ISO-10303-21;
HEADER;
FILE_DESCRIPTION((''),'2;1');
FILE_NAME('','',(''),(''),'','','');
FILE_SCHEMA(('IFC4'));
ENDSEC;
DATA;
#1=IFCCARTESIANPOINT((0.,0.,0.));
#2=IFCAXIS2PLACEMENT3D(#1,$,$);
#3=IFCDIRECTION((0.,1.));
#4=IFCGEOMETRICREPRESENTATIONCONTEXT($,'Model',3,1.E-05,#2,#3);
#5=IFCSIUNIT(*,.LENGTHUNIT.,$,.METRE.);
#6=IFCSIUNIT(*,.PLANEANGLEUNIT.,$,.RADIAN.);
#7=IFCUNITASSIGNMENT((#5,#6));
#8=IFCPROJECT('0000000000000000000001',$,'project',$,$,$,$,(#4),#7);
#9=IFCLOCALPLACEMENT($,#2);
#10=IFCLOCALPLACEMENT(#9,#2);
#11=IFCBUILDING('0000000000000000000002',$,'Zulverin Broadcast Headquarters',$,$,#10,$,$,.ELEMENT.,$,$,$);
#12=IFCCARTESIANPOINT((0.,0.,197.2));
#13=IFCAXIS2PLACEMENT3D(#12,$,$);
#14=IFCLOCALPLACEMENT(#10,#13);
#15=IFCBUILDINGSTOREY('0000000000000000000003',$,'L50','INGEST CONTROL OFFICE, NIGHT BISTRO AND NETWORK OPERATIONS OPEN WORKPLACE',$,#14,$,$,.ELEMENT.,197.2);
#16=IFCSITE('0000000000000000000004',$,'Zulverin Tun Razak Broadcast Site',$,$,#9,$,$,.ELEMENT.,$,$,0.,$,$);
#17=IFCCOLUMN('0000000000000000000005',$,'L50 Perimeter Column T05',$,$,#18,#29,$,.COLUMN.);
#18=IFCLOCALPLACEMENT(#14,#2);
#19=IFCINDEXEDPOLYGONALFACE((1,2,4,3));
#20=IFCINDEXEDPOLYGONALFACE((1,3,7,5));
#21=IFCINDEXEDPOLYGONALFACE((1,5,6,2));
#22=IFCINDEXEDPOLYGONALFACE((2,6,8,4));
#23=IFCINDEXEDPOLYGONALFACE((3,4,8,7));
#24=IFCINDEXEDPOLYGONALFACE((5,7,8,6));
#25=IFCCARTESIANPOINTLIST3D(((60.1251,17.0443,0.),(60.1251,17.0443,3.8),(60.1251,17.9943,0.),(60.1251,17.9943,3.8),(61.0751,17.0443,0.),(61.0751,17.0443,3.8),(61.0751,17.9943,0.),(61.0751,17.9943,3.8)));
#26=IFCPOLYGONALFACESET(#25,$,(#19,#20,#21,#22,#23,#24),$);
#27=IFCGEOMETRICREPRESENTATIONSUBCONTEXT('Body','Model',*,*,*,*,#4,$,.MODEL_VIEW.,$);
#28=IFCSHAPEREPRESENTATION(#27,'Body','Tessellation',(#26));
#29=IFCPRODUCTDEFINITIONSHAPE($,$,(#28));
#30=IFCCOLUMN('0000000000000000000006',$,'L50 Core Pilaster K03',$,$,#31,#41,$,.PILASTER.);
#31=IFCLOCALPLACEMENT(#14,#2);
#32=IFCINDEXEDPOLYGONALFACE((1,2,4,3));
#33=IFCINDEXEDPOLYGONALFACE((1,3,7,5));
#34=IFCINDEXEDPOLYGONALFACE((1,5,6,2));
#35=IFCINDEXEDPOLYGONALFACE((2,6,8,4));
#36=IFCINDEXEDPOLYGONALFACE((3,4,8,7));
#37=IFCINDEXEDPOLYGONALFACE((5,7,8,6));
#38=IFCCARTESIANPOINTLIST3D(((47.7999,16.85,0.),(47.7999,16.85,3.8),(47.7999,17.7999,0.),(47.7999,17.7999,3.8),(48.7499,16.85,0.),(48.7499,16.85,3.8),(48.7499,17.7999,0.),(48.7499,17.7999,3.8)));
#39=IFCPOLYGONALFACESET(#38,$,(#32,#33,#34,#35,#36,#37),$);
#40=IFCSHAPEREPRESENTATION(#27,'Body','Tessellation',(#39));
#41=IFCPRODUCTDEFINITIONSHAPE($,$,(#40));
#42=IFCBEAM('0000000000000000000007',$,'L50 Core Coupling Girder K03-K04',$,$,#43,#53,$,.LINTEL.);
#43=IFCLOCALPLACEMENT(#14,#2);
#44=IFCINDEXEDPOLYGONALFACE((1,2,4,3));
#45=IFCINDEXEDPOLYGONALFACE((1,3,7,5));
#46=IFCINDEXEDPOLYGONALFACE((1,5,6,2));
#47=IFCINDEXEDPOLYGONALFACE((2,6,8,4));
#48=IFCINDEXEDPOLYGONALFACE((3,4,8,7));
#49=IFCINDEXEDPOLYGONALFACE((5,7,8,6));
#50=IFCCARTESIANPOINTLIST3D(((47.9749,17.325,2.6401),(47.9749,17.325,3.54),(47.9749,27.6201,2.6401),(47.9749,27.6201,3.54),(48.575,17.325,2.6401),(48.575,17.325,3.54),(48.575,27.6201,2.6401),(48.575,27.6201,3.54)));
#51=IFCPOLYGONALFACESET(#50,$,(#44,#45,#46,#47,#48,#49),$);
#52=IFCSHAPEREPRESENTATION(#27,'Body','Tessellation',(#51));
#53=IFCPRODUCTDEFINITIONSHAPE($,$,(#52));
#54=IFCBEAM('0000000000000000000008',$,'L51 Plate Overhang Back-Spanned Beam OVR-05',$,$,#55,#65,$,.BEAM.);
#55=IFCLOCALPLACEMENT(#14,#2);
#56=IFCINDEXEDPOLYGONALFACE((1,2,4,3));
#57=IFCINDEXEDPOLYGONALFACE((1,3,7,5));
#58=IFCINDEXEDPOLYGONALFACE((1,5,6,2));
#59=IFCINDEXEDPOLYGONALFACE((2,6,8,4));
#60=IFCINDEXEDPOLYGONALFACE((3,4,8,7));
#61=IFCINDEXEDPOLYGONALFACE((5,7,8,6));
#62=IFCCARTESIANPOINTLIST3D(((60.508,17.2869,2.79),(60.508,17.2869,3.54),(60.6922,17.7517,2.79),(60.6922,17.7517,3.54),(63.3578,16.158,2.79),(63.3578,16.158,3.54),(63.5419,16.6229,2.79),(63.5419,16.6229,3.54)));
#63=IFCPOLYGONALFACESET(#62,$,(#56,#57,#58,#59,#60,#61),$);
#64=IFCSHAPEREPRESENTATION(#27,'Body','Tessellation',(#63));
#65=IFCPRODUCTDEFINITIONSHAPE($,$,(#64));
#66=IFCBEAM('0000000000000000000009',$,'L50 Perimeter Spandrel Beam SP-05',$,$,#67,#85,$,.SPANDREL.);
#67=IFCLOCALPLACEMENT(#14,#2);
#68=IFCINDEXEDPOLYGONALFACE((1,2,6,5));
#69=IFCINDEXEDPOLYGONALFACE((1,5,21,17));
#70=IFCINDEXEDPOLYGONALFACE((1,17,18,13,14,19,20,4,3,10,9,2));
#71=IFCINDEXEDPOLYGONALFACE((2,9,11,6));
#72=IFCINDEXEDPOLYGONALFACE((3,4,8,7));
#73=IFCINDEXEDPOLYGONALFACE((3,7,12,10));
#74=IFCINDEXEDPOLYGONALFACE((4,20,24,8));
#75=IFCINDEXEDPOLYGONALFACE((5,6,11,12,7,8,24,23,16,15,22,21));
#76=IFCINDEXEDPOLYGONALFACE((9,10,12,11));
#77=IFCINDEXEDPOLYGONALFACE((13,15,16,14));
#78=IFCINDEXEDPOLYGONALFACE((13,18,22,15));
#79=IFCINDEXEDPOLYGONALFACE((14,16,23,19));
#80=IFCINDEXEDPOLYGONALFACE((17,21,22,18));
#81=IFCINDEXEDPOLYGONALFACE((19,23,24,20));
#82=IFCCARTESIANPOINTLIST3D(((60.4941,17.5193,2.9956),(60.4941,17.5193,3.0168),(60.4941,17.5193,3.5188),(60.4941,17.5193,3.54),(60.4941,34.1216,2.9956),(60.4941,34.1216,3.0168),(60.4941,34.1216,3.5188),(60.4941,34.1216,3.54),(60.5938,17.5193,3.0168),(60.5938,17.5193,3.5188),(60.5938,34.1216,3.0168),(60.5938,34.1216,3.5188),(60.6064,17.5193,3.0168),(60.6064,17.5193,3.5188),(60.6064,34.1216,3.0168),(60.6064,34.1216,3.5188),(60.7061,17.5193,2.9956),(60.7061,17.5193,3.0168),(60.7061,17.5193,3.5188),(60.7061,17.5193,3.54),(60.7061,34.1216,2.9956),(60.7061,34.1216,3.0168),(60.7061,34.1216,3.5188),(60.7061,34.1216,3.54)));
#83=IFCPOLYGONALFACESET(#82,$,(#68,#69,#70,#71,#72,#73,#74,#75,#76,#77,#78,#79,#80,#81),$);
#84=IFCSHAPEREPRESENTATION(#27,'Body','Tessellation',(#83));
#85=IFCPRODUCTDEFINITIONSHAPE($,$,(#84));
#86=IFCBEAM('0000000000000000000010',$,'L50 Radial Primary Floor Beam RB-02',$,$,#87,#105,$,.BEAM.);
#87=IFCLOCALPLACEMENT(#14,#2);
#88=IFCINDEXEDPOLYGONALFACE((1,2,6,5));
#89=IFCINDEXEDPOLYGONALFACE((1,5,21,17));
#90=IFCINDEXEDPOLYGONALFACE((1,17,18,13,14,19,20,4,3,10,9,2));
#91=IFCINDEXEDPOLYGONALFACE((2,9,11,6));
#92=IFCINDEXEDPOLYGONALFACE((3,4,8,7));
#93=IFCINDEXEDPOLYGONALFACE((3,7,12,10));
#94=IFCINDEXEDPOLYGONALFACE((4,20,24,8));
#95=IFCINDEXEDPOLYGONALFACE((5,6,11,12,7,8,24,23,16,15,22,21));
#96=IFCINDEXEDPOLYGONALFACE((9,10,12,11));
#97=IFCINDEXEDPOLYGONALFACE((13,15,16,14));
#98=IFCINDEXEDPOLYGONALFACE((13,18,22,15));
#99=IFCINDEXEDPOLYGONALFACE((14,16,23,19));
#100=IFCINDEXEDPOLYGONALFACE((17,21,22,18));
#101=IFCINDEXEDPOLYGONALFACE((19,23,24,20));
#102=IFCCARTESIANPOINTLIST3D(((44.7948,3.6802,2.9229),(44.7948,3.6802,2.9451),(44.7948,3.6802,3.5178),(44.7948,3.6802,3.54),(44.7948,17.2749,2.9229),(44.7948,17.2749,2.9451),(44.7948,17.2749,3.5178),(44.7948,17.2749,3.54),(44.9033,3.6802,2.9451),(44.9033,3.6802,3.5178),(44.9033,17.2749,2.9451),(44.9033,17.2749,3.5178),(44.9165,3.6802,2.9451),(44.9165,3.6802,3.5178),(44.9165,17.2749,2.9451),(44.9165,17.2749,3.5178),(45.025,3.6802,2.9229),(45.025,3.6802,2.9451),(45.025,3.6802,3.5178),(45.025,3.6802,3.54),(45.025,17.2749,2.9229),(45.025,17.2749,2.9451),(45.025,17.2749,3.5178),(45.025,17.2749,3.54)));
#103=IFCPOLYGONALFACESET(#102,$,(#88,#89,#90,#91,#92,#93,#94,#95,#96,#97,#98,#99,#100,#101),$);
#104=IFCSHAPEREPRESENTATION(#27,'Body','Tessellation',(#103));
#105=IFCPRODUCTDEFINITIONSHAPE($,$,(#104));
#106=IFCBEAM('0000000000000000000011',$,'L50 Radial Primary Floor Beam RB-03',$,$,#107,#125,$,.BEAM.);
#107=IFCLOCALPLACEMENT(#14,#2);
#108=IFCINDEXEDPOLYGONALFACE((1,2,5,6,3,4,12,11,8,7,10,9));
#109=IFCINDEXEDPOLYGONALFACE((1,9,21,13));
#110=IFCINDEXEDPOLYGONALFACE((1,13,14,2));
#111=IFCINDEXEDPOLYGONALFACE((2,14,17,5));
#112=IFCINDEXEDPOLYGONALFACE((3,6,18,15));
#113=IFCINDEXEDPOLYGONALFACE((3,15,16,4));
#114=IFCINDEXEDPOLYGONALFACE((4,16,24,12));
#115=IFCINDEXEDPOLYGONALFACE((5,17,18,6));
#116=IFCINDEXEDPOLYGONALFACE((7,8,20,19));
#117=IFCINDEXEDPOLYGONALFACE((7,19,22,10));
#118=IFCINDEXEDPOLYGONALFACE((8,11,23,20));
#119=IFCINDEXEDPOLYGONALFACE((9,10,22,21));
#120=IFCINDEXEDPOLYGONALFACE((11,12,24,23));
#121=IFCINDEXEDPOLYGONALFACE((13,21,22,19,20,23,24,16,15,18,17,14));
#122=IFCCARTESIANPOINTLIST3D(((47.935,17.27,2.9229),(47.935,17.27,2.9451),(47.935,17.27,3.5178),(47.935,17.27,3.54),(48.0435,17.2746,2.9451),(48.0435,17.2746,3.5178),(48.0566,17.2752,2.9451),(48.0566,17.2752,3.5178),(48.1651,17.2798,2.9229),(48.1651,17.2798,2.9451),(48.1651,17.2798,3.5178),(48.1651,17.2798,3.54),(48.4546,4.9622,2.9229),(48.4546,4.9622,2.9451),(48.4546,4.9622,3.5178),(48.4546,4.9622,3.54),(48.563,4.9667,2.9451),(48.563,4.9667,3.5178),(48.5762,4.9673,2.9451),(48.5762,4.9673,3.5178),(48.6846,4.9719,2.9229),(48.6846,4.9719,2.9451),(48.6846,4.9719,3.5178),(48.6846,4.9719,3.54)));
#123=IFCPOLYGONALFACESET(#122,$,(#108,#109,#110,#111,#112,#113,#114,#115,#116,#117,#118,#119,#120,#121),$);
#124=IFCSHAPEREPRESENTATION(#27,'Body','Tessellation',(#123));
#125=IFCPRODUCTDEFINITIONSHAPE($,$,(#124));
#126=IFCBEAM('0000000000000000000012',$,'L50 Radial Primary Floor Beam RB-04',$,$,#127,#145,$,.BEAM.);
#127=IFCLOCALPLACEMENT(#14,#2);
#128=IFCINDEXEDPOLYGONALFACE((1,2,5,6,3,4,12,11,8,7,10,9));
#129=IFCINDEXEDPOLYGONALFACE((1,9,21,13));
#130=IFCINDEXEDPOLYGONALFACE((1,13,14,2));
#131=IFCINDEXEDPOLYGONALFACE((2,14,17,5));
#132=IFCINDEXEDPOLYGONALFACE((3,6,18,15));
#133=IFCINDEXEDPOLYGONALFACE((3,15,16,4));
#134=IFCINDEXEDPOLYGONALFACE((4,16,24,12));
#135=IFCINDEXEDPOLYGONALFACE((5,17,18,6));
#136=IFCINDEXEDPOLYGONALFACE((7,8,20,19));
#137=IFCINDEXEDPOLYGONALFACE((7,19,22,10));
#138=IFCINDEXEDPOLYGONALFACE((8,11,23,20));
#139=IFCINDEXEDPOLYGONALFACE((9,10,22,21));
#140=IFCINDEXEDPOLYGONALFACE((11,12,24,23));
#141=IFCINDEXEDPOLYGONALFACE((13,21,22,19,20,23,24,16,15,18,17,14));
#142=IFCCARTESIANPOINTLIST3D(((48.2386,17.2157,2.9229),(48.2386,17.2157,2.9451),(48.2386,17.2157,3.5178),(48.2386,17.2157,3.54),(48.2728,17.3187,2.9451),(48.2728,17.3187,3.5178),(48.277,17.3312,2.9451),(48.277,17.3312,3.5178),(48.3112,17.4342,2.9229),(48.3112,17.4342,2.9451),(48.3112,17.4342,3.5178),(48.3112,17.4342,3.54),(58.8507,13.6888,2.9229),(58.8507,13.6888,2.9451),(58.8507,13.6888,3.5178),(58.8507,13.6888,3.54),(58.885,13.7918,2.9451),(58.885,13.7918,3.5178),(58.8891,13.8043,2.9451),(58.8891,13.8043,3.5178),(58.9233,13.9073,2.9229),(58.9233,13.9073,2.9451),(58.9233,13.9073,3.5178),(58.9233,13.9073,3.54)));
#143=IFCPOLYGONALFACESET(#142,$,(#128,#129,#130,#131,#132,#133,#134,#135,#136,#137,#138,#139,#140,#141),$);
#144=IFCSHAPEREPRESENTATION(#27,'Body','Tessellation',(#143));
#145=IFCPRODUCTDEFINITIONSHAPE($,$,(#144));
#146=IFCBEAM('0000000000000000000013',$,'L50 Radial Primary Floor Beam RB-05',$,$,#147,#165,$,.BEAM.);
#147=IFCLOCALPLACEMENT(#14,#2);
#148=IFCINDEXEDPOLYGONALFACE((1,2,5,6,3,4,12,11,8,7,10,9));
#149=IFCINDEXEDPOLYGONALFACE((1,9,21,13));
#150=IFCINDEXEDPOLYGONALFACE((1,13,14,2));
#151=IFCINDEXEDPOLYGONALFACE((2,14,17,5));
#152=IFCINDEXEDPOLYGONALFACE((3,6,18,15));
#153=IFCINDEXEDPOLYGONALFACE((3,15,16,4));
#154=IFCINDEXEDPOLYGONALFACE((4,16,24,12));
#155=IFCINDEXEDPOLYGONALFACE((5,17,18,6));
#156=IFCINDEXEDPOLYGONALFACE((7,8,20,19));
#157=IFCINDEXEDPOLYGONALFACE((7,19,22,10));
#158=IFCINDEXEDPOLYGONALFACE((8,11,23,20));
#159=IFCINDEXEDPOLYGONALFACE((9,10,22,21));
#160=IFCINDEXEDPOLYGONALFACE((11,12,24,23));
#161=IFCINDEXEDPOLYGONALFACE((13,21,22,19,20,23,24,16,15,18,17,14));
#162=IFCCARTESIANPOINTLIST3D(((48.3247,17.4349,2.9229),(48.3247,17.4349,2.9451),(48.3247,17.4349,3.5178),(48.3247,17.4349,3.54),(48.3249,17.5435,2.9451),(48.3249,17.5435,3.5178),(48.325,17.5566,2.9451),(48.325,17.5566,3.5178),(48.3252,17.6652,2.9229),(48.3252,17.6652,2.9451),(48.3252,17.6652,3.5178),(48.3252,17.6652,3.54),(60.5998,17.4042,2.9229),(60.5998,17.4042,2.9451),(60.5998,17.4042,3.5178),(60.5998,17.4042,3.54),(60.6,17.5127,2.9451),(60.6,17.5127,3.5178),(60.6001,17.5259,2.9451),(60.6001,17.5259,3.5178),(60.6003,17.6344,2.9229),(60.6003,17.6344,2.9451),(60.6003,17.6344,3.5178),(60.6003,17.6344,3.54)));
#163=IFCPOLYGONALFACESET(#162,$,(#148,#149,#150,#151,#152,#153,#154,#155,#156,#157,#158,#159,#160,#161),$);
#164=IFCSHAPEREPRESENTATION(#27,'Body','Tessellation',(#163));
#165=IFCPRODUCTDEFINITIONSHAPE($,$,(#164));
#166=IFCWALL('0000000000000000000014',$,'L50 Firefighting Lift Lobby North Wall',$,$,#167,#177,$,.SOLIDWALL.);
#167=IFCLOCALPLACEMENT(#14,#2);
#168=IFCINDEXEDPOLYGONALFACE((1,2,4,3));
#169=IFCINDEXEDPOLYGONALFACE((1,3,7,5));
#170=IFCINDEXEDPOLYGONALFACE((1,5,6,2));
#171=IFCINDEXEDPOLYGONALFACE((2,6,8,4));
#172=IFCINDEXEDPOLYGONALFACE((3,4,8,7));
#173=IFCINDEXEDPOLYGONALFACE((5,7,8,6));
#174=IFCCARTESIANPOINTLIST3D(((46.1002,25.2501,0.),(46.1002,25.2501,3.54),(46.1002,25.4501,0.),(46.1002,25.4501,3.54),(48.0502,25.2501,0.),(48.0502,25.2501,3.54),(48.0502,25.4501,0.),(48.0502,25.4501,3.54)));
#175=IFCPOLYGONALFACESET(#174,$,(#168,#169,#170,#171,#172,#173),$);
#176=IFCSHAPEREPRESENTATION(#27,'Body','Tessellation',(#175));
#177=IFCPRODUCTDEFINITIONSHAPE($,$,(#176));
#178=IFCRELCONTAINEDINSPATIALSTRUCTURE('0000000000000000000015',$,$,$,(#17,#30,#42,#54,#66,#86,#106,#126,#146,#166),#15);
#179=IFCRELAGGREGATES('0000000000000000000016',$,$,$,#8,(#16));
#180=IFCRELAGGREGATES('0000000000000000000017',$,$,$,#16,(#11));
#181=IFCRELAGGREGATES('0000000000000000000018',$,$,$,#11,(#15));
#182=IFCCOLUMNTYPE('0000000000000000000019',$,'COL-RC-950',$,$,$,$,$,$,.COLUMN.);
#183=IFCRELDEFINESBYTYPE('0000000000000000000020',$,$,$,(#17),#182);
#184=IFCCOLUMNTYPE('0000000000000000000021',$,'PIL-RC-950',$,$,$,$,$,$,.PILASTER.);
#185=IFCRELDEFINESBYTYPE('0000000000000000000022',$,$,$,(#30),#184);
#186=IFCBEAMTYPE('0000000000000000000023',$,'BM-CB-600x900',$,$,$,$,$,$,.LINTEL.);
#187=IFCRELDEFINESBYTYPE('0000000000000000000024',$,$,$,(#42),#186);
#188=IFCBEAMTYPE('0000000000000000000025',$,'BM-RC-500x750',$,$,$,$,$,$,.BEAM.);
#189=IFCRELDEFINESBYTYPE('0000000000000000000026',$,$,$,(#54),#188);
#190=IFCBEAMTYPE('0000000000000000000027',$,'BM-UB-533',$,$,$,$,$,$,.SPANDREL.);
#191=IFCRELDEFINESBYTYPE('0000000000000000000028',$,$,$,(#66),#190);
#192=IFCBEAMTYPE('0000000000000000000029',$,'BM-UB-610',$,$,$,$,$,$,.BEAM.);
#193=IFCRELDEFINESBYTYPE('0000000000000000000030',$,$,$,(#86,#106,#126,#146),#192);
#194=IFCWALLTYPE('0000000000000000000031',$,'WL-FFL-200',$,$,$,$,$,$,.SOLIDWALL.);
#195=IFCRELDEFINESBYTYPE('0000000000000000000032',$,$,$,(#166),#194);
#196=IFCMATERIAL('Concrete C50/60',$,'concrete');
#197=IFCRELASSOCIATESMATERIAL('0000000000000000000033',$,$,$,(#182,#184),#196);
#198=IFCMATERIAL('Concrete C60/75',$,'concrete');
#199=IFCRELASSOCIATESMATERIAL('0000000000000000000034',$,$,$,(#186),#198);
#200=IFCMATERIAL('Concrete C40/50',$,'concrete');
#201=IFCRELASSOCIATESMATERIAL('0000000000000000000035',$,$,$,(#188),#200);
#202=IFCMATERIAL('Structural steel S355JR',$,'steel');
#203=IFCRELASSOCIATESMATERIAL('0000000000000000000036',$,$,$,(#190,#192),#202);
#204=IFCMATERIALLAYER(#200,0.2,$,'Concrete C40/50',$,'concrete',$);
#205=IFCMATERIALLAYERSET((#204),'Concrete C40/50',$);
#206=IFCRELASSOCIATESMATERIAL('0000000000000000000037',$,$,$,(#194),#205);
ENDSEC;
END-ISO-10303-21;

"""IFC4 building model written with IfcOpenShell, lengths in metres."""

from ifc_helpers import new_model, si_unit, direction, frame, frame_2d, origin, origin_2d, place, context, subcontext, project, spatial, rectangle, i_section, extrude, material, layer, layer_set, material_profile, profile_set, type_object, element, save


model = new_model("IFC4")

# Units and contexts
model_context = context("Model", 3, precision=1e-05, world=origin(), true_north=direction((0.0, 1.0)))
body_context = subcontext(model_context, "Body", "Model", "MODEL_VIEW")
ifc_project = project(units=[si_unit("LENGTHUNIT", "METRE"), si_unit("PLANEANGLEUNIT", "RADIAN")], contexts=[model_context])

# Site, building, storey
site_placement = place(None, origin())
site = spatial("IfcSite", under=ifc_project, at=site_placement, Name="Zulverin Tun Razak Broadcast Site", CompositionType="ELEMENT", RefElevation=0.0)
building_placement = place(site_placement, origin())
building = spatial("IfcBuilding", under=site, at=building_placement, Name="Zulverin Broadcast Headquarters", CompositionType="ELEMENT")
storey_placement = place(building_placement, frame((0.0, 0.0, 197.2)))
storey = spatial("IfcBuildingStorey", under=building, at=storey_placement, Name="L50", Description="INGEST CONTROL OFFICE, NIGHT BISTRO AND NETWORK OPERATIONS OPEN WORKPLACE", CompositionType="ELEMENT", Elevation=197.2)

# Columns
ifc_material_1 = material(Name="Concrete C50/60", Category="concrete")
ifc_material_profile_1 = material_profile(ifc_material_1, rectangle(XDim=0.95, YDim=0.95, at=origin_2d()), Name="Concrete C50/60", Category="concrete")
ifc_profile_set_1 = profile_set([ifc_material_profile_1], Name="Concrete C50/60")
column_type_1 = type_object("IfcColumnType", Name="COL-RC-950", PredefinedType="COLUMN", material=ifc_profile_set_1)
column_1_placement = place(storey_placement, frame((60.6001, 17.5193, 0.0), z_axis=(0.0, 0.0, 1.0), x_axis=(1.0, 0.0, 0.0)))
element("IfcColumn", 1, at=column_1_placement, inside=storey, type_object=column_type_1, Name="L50 Perimeter Column T05", PredefinedType="COLUMN", context=body_context, shape_type="SweptSolid", body=[
    extrude(rectangle(XDim=0.95, YDim=0.95, at=origin_2d()), origin(), (0.0, 0.0, 1.0), 3.8),
])
ifc_material_profile_2 = material_profile(ifc_material_1, rectangle(XDim=0.95, YDim=0.95, at=origin_2d()), Name="Concrete C50/60", Category="concrete")
ifc_profile_set_2 = profile_set([ifc_material_profile_2], Name="Concrete C50/60")
column_type_2 = type_object("IfcColumnType", Name="PIL-RC-950", PredefinedType="PILASTER", material=ifc_profile_set_2)
column_2_placement = place(storey_placement, frame((48.2749, 17.325, 0.0), z_axis=(0.0, 0.0, 1.0), x_axis=(1.0, 0.0, 0.0)))
element("IfcColumn", 2, at=column_2_placement, inside=storey, type_object=column_type_2, Name="L50 Core Pilaster K03", PredefinedType="PILASTER", context=body_context, shape_type="SweptSolid", body=[
    extrude(rectangle(XDim=0.95, YDim=0.95, at=origin_2d()), origin(), (0.0, 0.0, 1.0), 3.8),
])

# Beams
ifc_material_2 = material(Name="Concrete C60/75", Category="concrete")
ifc_material_profile_3 = material_profile(ifc_material_2, rectangle(XDim=0.6001, YDim=0.8999, at=origin_2d()), Name="Concrete C60/75", Category="concrete")
ifc_profile_set_3 = profile_set([ifc_material_profile_3], Name="Concrete C60/75")
beam_type_1 = type_object("IfcBeamType", Name="BM-CB-600x900", PredefinedType="LINTEL", material=ifc_profile_set_3)
beam_1_placement = place(storey_placement, frame((48.2749, 17.325, 3.0901), z_axis=(0.0, 1.0, 0.0), x_axis=(-1.0, 0.0, 0.0)))
element("IfcBeam", 3, at=beam_1_placement, inside=storey, type_object=beam_type_1, Name="L50 Core Coupling Girder K03-K04", PredefinedType="LINTEL", context=body_context, shape_type="SweptSolid", body=[
    extrude(rectangle(XDim=0.6001, YDim=0.8999, at=origin_2d()), origin(), (0.0, 0.0, 1.0), 10.2952),
])
ifc_material_3 = material(Name="Concrete C40/50", Category="concrete")
ifc_material_profile_4 = material_profile(ifc_material_3, rectangle(XDim=0.5, YDim=0.75, at=origin_2d()), Name="Concrete C40/50", Category="concrete")
ifc_profile_set_4 = profile_set([ifc_material_profile_4], Name="Concrete C40/50")
beam_type_2 = type_object("IfcBeamType", Name="BM-RC-500x750", PredefinedType="BEAM", material=ifc_profile_set_4)
beam_2_placement = place(storey_placement, frame((60.6001, 17.5193, 3.165), z_axis=(0.929713, -0.368285, 0.0), x_axis=(0.368285, 0.929713, 0.0)))
element("IfcBeam", 4, at=beam_2_placement, inside=storey, type_object=beam_type_2, Name="L51 Plate Overhang Back-Spanned Beam OVR-05", PredefinedType="BEAM", context=body_context, shape_type="SweptSolid", body=[
    extrude(rectangle(XDim=0.5, YDim=0.75, at=origin_2d()), origin(), (0.0, 0.0, 1.0), 3.0652),
])
ifc_material_4 = material(Name="Structural steel S355JR", Category="steel")
ifc_material_profile_5 = material_profile(ifc_material_4, i_section(OverallWidth=0.2119, OverallDepth=0.5444, WebThickness=0.0127, FlangeThickness=0.0212, at=origin_2d()), Name="Structural steel S355JR", Category="steel")
ifc_profile_set_5 = profile_set([ifc_material_profile_5], Name="Structural steel S355JR")
beam_type_3 = type_object("IfcBeamType", Name="BM-UB-533", PredefinedType="SPANDREL", material=ifc_profile_set_5)
beam_3_placement = place(storey_placement, frame((60.6001, 17.5193, 3.2678), z_axis=(0.0, 1.0, 0.0), x_axis=(-1.0, 0.0, 0.0)))
element("IfcBeam", 5, at=beam_3_placement, inside=storey, type_object=beam_type_3, Name="L50 Perimeter Spandrel Beam SP-05", PredefinedType="SPANDREL", context=body_context, shape_type="SweptSolid", body=[
    extrude(i_section(OverallWidth=0.2119, OverallDepth=0.5444, WebThickness=0.0127, FlangeThickness=0.0212, at=origin_2d()), origin(), (0.0, 0.0, 1.0), 16.6023),
])
ifc_material_profile_6 = material_profile(ifc_material_4, i_section(OverallWidth=0.2302, OverallDepth=0.6172, WebThickness=0.0132, FlangeThickness=0.0222, at=origin_2d()), Name="Structural steel S355JR", Category="steel")
ifc_profile_set_6 = profile_set([ifc_material_profile_6], Name="Structural steel S355JR")
beam_type_4 = type_object("IfcBeamType", Name="BM-UB-610", PredefinedType="BEAM", material=ifc_profile_set_6)
beam_4_placement = place(storey_placement, frame((44.9099, 17.2749, 3.2314), z_axis=(0.0, -1.0, 0.0), x_axis=(1.0, 0.0, 0.0)))
element("IfcBeam", 6, at=beam_4_placement, inside=storey, type_object=beam_type_4, Name="L50 Radial Primary Floor Beam RB-02", PredefinedType="BEAM", context=body_context, shape_type="SweptSolid", body=[
    extrude(i_section(OverallWidth=0.2302, OverallDepth=0.6172, WebThickness=0.0132, FlangeThickness=0.0222, at=origin_2d()), origin(), (0.0, 0.0, 1.0), 13.5947),
])
beam_5_placement = place(storey_placement, frame((48.05, 17.2749, 3.2314), z_axis=(0.042174, -0.99911, 0.0), x_axis=(0.99911, 0.042174, 0.0)))
element("IfcBeam", 7, at=beam_5_placement, inside=storey, type_object=beam_type_4, Name="L50 Radial Primary Floor Beam RB-03", PredefinedType="BEAM", context=body_context, shape_type="SweptSolid", body=[
    extrude(i_section(OverallWidth=0.2302, OverallDepth=0.6172, WebThickness=0.0132, FlangeThickness=0.0222, at=origin_2d()), origin(), (0.0, 0.0, 1.0), 12.3188),
])
beam_6_placement = place(storey_placement, frame((48.2749, 17.325, 3.2314), z_axis=(0.948965, -0.315383, 0.0), x_axis=(0.315383, 0.948965, 0.0)))
element("IfcBeam", 8, at=beam_6_placement, inside=storey, type_object=beam_type_4, Name="L50 Radial Primary Floor Beam RB-04", PredefinedType="BEAM", context=body_context, shape_type="SweptSolid", body=[
    extrude(i_section(OverallWidth=0.2302, OverallDepth=0.6172, WebThickness=0.0132, FlangeThickness=0.0222, at=origin_2d()), origin(), (0.0, 0.0, 1.0), 11.1829),
])
beam_7_placement = place(storey_placement, frame((48.325, 17.55, 3.2314), z_axis=(0.999997, -0.002506, 0.0), x_axis=(0.002506, 0.999997, 0.0)))
element("IfcBeam", 9, at=beam_7_placement, inside=storey, type_object=beam_type_4, Name="L50 Radial Primary Floor Beam RB-05", PredefinedType="BEAM", context=body_context, shape_type="SweptSolid", body=[
    extrude(i_section(OverallWidth=0.2302, OverallDepth=0.6172, WebThickness=0.0132, FlangeThickness=0.0222, at=origin_2d()), origin(), (0.0, 0.0, 1.0), 12.2751),
])

# Wall
ifc_layer_1 = layer(ifc_material_3, 0.2, Name="Concrete C40/50", Category="concrete")
ifc_layer_set_1 = layer_set([ifc_layer_1], Name="Concrete C40/50")
wall_type_1 = type_object("IfcWallType", Name="WL-FFL-200", PredefinedType="SOLIDWALL", material=ifc_layer_set_1)
wall_1_placement = place(storey_placement, frame((46.1001, 25.3501, 0.0), z_axis=(0.0, 0.0, 1.0), x_axis=(1.0, 0.0, 0.0)))
element("IfcWall", 10, at=wall_1_placement, inside=storey, type_object=wall_type_1, Name="L50 Firefighting Lift Lobby North Wall", PredefinedType="SOLIDWALL", context=body_context, shape_type="SweptSolid", body=[
    extrude(rectangle(XDim=1.95, YDim=0.2, at=frame_2d((0.9751, 0.0))), origin(), (0.0, 0.0, 1.0), 3.54),
])

save(model, "model.ifc")
